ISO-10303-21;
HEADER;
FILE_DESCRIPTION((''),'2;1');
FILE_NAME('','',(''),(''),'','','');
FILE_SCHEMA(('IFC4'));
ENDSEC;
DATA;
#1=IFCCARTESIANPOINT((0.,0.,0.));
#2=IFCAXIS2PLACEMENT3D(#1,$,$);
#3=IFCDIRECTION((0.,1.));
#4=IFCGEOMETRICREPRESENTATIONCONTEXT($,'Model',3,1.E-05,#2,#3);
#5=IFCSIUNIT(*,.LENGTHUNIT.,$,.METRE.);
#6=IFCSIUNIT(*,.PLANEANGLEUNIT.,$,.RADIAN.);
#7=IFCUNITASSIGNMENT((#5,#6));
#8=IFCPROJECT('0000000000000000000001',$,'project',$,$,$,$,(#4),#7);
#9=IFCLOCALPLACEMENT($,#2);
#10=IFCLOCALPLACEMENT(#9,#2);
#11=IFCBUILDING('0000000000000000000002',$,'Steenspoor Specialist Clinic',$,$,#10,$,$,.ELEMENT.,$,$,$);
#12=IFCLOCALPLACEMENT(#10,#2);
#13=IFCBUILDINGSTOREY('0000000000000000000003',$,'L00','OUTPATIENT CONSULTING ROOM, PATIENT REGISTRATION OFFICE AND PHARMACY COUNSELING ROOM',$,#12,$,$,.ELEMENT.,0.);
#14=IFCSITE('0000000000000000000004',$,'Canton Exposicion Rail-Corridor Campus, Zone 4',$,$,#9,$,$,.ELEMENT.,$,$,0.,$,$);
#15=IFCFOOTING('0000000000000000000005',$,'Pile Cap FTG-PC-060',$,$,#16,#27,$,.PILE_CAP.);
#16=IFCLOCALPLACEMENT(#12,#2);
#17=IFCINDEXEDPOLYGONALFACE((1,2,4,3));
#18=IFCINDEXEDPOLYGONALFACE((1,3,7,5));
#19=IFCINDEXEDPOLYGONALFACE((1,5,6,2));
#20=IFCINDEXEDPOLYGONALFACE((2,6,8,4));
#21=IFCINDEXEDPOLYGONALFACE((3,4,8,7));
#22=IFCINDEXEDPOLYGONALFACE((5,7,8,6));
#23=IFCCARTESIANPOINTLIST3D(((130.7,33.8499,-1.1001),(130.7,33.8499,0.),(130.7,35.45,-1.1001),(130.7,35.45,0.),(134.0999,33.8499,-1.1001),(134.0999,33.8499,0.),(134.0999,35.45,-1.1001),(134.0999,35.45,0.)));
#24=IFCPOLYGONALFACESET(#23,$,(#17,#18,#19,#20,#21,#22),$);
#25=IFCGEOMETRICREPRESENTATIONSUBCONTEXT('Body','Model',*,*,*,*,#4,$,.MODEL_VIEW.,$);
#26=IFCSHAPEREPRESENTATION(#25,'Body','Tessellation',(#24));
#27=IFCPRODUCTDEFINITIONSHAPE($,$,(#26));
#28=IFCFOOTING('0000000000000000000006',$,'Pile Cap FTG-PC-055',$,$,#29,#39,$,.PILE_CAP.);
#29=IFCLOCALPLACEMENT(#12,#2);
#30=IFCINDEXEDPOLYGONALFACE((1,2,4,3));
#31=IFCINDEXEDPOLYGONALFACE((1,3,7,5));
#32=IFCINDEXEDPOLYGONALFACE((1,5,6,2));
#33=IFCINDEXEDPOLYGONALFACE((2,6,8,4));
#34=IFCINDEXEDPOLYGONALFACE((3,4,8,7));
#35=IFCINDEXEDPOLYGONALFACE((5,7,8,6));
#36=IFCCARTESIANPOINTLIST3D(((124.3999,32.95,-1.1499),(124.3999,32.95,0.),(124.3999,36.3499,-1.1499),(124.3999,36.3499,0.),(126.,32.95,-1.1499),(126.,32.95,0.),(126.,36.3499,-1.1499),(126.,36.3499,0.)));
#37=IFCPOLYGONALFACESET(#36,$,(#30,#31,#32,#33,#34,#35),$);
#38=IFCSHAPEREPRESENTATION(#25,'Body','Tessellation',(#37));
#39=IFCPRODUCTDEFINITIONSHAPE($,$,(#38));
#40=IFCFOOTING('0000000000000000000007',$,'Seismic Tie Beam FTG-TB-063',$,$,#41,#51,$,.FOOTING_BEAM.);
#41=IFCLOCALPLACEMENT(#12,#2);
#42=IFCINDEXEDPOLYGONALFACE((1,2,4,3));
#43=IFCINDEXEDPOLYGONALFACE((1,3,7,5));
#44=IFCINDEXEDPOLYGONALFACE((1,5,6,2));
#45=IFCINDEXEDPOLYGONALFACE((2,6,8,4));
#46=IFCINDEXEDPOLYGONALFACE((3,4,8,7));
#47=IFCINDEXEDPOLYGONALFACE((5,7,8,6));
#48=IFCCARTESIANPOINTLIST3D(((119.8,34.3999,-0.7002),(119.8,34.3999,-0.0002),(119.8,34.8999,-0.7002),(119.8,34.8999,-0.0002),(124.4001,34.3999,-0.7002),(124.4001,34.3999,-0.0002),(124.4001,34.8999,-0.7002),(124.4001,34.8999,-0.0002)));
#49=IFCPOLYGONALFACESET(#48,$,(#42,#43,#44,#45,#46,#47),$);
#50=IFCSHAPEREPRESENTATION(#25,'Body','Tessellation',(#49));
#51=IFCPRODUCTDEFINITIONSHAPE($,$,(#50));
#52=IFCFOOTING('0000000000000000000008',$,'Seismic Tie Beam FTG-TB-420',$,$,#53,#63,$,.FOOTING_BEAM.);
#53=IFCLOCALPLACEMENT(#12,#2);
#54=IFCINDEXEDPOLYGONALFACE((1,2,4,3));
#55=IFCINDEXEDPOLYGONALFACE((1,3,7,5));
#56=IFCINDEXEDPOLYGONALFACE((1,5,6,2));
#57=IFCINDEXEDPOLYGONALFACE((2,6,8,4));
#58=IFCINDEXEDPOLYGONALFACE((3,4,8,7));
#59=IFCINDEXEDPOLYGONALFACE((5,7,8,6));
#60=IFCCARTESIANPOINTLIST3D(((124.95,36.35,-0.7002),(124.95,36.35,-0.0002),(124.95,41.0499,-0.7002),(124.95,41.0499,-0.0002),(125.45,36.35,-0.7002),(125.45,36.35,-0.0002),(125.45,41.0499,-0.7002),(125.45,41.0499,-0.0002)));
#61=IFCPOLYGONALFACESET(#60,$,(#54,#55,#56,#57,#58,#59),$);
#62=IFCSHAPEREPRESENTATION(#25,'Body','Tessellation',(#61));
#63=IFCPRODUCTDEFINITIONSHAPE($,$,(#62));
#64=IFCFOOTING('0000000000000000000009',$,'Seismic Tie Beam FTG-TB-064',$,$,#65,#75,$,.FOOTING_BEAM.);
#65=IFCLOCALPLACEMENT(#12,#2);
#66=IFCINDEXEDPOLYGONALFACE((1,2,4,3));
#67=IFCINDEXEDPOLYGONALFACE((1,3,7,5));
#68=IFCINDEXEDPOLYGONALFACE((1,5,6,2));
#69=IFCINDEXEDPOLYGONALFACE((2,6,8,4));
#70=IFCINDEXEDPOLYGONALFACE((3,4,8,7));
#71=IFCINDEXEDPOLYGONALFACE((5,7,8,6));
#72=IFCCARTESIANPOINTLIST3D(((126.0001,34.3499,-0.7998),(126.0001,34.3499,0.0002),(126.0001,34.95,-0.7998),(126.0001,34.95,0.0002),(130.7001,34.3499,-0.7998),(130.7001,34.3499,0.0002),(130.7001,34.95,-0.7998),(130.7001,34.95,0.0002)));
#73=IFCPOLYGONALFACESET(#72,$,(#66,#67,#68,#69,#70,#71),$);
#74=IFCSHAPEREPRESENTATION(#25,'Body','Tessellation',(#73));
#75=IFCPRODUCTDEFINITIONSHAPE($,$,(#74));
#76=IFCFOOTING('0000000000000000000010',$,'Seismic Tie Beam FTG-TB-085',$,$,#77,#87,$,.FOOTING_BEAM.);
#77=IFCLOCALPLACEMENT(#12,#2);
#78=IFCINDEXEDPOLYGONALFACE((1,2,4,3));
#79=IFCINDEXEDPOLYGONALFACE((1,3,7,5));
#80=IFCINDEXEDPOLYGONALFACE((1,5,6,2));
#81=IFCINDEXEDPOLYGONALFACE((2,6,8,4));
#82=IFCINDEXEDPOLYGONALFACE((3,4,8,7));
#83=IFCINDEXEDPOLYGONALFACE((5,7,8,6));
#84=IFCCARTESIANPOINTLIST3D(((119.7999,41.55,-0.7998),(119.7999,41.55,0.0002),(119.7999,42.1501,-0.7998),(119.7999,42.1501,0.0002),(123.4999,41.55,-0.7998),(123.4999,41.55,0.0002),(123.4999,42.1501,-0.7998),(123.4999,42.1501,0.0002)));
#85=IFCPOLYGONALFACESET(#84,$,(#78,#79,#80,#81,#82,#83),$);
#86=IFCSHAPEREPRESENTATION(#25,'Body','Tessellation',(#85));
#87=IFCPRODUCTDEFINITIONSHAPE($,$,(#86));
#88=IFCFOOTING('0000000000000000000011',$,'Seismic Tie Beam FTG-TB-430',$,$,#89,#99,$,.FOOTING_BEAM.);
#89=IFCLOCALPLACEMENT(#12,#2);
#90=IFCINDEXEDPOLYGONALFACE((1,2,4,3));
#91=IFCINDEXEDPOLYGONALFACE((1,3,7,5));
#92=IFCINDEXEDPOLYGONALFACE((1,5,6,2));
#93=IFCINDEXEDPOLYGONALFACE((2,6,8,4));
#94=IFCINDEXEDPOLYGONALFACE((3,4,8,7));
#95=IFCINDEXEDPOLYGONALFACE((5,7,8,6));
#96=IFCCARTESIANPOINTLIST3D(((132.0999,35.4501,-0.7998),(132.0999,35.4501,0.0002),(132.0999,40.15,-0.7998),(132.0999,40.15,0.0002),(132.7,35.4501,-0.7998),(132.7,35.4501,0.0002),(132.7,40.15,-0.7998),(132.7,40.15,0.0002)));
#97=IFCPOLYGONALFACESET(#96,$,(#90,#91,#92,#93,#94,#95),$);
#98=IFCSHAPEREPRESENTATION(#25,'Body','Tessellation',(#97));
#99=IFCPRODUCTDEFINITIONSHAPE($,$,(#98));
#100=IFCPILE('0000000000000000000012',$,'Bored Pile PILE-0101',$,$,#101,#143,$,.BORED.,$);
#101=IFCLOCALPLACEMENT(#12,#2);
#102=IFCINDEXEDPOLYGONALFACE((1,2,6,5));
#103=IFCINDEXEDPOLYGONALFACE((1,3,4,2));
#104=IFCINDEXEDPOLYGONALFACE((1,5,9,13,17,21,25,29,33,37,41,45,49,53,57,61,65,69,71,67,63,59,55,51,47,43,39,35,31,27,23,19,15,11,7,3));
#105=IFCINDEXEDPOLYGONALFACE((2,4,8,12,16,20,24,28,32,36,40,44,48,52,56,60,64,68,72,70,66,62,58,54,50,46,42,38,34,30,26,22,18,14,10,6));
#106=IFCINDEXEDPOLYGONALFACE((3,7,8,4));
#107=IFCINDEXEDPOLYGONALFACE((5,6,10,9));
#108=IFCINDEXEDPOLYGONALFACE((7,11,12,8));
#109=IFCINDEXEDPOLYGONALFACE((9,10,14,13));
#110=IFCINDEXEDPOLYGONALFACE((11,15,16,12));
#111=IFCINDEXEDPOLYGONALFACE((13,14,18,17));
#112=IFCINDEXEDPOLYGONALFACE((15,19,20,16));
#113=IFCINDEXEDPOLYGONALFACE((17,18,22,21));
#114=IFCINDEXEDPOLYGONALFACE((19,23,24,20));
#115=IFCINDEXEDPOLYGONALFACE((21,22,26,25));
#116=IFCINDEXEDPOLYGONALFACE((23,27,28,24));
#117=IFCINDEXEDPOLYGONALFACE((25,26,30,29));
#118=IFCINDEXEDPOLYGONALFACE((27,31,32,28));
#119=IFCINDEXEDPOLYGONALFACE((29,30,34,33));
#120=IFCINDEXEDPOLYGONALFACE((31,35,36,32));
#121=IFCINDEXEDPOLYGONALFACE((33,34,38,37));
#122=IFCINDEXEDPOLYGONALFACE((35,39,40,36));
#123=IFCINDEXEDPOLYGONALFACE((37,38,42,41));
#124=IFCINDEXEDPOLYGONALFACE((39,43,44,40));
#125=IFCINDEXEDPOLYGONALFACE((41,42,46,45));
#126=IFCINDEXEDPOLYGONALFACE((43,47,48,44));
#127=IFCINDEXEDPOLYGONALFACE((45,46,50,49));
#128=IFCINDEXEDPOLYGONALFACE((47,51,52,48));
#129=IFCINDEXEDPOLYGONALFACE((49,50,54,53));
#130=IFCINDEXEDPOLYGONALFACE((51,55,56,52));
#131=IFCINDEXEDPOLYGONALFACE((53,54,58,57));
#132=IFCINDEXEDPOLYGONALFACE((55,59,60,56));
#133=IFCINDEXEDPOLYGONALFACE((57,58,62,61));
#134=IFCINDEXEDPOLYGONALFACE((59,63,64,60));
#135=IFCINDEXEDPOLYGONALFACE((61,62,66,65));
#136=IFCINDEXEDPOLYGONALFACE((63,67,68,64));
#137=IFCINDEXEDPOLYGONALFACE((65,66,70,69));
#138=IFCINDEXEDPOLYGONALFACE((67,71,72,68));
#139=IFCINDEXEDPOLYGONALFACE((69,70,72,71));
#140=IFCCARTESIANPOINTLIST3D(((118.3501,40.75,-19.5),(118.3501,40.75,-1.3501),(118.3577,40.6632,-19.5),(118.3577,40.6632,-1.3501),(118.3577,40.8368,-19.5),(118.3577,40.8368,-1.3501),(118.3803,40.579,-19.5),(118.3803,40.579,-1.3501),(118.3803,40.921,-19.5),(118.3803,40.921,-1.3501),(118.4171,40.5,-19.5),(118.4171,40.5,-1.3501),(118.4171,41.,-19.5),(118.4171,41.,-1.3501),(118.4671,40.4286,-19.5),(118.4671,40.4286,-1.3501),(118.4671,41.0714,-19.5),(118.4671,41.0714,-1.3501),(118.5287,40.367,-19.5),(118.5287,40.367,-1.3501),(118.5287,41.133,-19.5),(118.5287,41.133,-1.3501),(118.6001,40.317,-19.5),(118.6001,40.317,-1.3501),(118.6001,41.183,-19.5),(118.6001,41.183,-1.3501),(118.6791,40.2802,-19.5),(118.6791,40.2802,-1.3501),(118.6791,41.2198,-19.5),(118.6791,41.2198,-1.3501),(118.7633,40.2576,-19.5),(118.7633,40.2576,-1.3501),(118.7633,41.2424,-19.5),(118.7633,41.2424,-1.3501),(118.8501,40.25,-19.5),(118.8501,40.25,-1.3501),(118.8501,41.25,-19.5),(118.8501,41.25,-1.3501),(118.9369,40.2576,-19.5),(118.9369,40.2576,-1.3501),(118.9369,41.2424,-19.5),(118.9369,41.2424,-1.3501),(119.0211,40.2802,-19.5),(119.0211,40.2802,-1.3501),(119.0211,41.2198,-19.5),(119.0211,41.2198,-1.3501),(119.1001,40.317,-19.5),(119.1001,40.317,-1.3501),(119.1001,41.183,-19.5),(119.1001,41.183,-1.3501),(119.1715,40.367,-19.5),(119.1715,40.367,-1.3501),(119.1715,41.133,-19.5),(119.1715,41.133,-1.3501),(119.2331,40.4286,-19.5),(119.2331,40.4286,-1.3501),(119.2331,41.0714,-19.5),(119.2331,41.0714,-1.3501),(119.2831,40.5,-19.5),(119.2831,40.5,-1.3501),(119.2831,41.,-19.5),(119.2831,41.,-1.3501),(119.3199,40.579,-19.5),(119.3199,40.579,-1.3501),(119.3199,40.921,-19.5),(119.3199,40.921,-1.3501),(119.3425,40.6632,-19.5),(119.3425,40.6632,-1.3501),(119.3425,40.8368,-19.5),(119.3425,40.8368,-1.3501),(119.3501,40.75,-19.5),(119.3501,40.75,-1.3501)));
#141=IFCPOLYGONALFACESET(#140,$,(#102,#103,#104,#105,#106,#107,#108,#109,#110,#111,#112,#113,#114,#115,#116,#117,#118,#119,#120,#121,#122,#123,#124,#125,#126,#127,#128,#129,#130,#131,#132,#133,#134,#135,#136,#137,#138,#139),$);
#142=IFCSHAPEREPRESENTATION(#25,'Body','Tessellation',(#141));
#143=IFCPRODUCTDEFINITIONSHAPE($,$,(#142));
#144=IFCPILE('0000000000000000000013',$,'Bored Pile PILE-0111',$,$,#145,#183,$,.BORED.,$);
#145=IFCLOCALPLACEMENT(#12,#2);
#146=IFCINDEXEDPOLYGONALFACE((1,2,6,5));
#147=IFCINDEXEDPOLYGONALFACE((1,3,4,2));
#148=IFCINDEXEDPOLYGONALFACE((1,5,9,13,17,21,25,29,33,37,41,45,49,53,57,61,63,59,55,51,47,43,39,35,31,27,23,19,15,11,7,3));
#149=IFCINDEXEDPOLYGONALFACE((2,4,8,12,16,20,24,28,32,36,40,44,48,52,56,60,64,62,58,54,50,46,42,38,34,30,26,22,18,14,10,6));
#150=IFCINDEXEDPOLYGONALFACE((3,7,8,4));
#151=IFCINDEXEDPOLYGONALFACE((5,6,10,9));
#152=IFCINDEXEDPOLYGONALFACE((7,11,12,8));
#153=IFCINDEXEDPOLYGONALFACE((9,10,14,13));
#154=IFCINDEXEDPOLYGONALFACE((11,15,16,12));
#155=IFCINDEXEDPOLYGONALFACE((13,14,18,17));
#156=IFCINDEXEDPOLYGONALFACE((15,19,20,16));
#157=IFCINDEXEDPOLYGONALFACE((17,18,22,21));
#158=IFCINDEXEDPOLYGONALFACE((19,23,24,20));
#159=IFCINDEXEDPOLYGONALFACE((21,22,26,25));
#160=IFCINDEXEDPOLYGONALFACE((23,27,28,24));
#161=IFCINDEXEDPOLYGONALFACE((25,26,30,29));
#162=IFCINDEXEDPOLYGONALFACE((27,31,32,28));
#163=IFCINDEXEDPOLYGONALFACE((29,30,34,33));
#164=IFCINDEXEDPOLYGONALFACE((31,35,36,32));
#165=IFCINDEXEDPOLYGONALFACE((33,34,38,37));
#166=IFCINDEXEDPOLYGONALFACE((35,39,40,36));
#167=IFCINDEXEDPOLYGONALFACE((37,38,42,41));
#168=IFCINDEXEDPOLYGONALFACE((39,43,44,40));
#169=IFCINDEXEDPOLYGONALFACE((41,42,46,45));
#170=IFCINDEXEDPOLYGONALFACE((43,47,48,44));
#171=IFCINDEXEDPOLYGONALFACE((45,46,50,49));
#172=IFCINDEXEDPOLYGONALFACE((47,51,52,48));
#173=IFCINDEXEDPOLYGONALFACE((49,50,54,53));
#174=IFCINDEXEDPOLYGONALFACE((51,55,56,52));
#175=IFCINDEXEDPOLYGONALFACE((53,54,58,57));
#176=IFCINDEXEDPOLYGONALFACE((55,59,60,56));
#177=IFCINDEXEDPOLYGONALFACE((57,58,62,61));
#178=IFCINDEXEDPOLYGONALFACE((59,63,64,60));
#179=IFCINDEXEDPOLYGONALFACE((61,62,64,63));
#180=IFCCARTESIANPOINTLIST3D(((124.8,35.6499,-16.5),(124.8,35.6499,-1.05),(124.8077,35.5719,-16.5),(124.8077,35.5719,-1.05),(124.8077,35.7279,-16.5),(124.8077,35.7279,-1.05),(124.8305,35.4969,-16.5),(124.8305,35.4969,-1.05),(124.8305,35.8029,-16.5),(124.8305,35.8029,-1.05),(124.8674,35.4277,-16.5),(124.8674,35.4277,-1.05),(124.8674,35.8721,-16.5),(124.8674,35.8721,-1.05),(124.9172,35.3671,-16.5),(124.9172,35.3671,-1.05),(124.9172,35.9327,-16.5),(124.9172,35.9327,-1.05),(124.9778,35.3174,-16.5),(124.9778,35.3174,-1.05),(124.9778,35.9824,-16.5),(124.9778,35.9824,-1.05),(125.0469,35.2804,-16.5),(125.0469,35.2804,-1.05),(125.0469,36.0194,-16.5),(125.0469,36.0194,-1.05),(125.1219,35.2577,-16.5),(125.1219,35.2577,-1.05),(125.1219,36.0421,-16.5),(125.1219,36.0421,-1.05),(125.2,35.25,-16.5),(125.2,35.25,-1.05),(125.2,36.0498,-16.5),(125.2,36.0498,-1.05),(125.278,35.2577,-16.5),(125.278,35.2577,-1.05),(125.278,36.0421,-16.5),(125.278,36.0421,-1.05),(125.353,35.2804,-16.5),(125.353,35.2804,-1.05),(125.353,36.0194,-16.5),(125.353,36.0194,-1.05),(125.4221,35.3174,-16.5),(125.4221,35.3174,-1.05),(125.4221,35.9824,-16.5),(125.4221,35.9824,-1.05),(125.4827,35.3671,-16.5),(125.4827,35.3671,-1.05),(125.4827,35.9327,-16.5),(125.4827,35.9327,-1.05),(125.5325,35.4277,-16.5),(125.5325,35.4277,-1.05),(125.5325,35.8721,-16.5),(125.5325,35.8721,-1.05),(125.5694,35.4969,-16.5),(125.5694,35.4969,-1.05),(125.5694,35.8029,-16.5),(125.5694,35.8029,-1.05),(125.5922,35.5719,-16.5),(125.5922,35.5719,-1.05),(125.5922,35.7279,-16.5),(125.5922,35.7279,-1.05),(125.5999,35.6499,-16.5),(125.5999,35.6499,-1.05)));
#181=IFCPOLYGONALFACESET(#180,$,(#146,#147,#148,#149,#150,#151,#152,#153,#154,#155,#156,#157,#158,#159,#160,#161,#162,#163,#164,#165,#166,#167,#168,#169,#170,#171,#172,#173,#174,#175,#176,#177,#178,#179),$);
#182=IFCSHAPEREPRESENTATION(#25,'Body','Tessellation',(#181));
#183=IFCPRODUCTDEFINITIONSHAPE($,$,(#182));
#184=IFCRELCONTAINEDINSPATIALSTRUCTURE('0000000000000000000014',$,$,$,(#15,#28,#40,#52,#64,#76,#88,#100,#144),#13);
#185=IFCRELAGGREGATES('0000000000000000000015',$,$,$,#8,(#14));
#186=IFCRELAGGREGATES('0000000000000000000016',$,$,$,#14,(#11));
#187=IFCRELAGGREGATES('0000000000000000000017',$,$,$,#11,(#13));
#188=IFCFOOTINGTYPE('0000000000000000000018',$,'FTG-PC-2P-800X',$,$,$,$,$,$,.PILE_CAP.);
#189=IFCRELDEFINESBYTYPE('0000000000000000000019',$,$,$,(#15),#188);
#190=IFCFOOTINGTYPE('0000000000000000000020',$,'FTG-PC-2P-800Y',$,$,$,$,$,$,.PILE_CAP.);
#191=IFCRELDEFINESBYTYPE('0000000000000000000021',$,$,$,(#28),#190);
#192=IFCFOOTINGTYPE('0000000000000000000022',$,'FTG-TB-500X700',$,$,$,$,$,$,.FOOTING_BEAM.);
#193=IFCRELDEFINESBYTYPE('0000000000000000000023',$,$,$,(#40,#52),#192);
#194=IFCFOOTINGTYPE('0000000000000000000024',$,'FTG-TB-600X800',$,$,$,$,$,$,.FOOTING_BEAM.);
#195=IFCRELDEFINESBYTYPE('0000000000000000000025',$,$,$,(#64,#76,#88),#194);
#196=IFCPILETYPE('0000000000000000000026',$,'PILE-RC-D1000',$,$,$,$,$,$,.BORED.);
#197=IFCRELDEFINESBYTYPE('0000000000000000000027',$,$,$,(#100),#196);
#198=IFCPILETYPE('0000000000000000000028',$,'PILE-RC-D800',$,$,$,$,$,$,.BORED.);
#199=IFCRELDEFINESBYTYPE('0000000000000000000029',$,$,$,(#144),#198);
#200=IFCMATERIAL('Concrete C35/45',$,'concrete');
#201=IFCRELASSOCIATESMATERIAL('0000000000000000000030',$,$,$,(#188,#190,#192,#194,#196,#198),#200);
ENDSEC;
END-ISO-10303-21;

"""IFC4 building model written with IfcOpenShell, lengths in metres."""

from ifc_helpers import new_model, si_unit, direction, frame, origin, origin_2d, place, context, subcontext, project, spatial, rectangle, circle, extrude, material, material_profile, profile_set, type_object, element, save


model = new_model("IFC4")

# Units and contexts
model_context = context("Model", 3, precision=1e-05, world=origin(), true_north=direction((0.0, 1.0)))
body_context = subcontext(model_context, "Body", "Model", "MODEL_VIEW")
ifc_project = project(units=[si_unit("LENGTHUNIT", "METRE"), si_unit("PLANEANGLEUNIT", "RADIAN")], contexts=[model_context])

# Site, building, storey
site_placement = place(None, origin())
site = spatial("IfcSite", under=ifc_project, at=site_placement, Name="Canton Exposicion Rail-Corridor Campus, Zone 4", CompositionType="ELEMENT", RefElevation=0.0)
building_placement = place(site_placement, origin())
building = spatial("IfcBuilding", under=site, at=building_placement, Name="Steenspoor Specialist Clinic", CompositionType="ELEMENT")
storey_placement = place(building_placement, origin())
storey = spatial("IfcBuildingStorey", under=building, at=storey_placement, Name="L00", Description="OUTPATIENT CONSULTING ROOM, PATIENT REGISTRATION OFFICE AND PHARMACY COUNSELING ROOM", CompositionType="ELEMENT", Elevation=0.0)

# Footings
ifc_material_1 = material(Name="Concrete C35/45", Category="concrete")
footing_type_1 = type_object("IfcFootingType", Name="FTG-PC-2P-800X", PredefinedType="PILE_CAP", material=ifc_material_1)
footing_1_placement = place(storey_placement, frame((132.3999, 34.6499, -1.1001), z_axis=(0.0, 0.0, 1.0), x_axis=(1.0, 0.0, 0.0)))
element("IfcFooting", 1, at=footing_1_placement, inside=storey, type_object=footing_type_1, Name="Pile Cap FTG-PC-060", PredefinedType="PILE_CAP", context=body_context, shape_type="SweptSolid", body=[
    extrude(rectangle(XDim=3.3999, YDim=1.6001, at=origin_2d()), origin(), (0.0, 0.0, 1.0), 1.1001),
])
footing_type_2 = type_object("IfcFootingType", Name="FTG-PC-2P-800Y", PredefinedType="PILE_CAP", material=ifc_material_1)
footing_2_placement = place(storey_placement, frame((125.2, 34.6499, -1.1499), z_axis=(0.0, 0.0, 1.0), x_axis=(1.0, 0.0, 0.0)))
element("IfcFooting", 2, at=footing_2_placement, inside=storey, type_object=footing_type_2, Name="Pile Cap FTG-PC-055", PredefinedType="PILE_CAP", context=body_context, shape_type="SweptSolid", body=[
    extrude(rectangle(XDim=1.6001, YDim=3.3999, at=origin_2d()), origin(), (0.0, 0.0, 1.0), 1.1499),
])
footing_type_3 = type_object("IfcFootingType", Name="FTG-TB-500X700", PredefinedType="FOOTING_BEAM", material=ifc_material_1)
footing_3_placement = place(storey_placement, frame((122.1001, 34.6499, -0.7002), z_axis=(0.0, 0.0, 1.0), x_axis=(1.0, 0.0, 0.0)))
element("IfcFooting", 3, at=footing_3_placement, inside=storey, type_object=footing_type_3, Name="Seismic Tie Beam FTG-TB-063", PredefinedType="FOOTING_BEAM", context=body_context, shape_type="SweptSolid", body=[
    extrude(rectangle(XDim=4.6001, YDim=0.5, at=origin_2d()), origin(), (0.0, 0.0, 1.0), 0.7),
])
footing_4_placement = place(storey_placement, frame((125.2, 38.7, -0.7002), z_axis=(0.0, 0.0, 1.0), x_axis=(1.0, 0.0, 0.0)))
element("IfcFooting", 4, at=footing_4_placement, inside=storey, type_object=footing_type_3, Name="Seismic Tie Beam FTG-TB-420", PredefinedType="FOOTING_BEAM", context=body_context, shape_type="SweptSolid", body=[
    extrude(rectangle(XDim=0.5, YDim=4.7, at=origin_2d()), origin(), (0.0, 0.0, 1.0), 0.7),
])
footing_type_4 = type_object("IfcFootingType", Name="FTG-TB-600X800", PredefinedType="FOOTING_BEAM", material=ifc_material_1)
footing_5_placement = place(storey_placement, frame((128.3501, 34.6499, -0.7998), z_axis=(0.0, 0.0, 1.0), x_axis=(1.0, 0.0, 0.0)))
element("IfcFooting", 5, at=footing_5_placement, inside=storey, type_object=footing_type_4, Name="Seismic Tie Beam FTG-TB-064", PredefinedType="FOOTING_BEAM", context=body_context, shape_type="SweptSolid", body=[
    extrude(rectangle(XDim=4.7, YDim=0.6001, at=origin_2d()), origin(), (0.0, 0.0, 1.0), 0.8),
])
footing_6_placement = place(storey_placement, frame((121.6499, 41.8501, -0.7998), z_axis=(0.0, 0.0, 1.0), x_axis=(1.0, 0.0, 0.0)))
element("IfcFooting", 6, at=footing_6_placement, inside=storey, type_object=footing_type_4, Name="Seismic Tie Beam FTG-TB-085", PredefinedType="FOOTING_BEAM", context=body_context, shape_type="SweptSolid", body=[
    extrude(rectangle(XDim=3.7, YDim=0.6001, at=origin_2d()), origin(), (0.0, 0.0, 1.0), 0.8),
])
footing_7_placement = place(storey_placement, frame((132.3999, 37.8, -0.7998), z_axis=(0.0, 0.0, 1.0), x_axis=(1.0, 0.0, 0.0)))
element("IfcFooting", 7, at=footing_7_placement, inside=storey, type_object=footing_type_4, Name="Seismic Tie Beam FTG-TB-430", PredefinedType="FOOTING_BEAM", context=body_context, shape_type="SweptSolid", body=[
    extrude(rectangle(XDim=0.6001, YDim=4.7, at=origin_2d()), origin(), (0.0, 0.0, 1.0), 0.8),
])

# Piles
ifc_material_profile_1 = material_profile(ifc_material_1, circle(Radius=0.5, at=origin_2d()), Name="PILE-D1000")
ifc_profile_set_1 = profile_set([ifc_material_profile_1], Name="Concrete C35/45")
pile_type_1 = type_object("IfcPileType", Name="PILE-RC-D1000", PredefinedType="BORED", material=ifc_profile_set_1)
pile_1_placement = place(storey_placement, frame((118.8501, 40.75, -1.3501), z_axis=(0.0, 0.0, -1.0), x_axis=(1.0, 0.0, 0.0)))
element("IfcPile", 8, at=pile_1_placement, inside=storey, type_object=pile_type_1, Name="Bored Pile PILE-0101", PredefinedType="BORED", context=body_context, shape_type="SweptSolid", body=[
    extrude(circle(Radius=0.5, at=origin_2d()), origin(), (0.0, 0.0, 1.0), 18.1499),
])
ifc_material_profile_2 = material_profile(ifc_material_1, circle(Radius=0.3999, at=origin_2d()), Name="PILE-D800")
ifc_profile_set_2 = profile_set([ifc_material_profile_2], Name="Concrete C35/45")
pile_type_2 = type_object("IfcPileType", Name="PILE-RC-D800", PredefinedType="BORED", material=ifc_profile_set_2)
pile_2_placement = place(storey_placement, frame((125.2, 35.6499, -1.05), z_axis=(0.0, 0.0, -1.0), x_axis=(1.0, 0.0, 0.0)))
element("IfcPile", 9, at=pile_2_placement, inside=storey, type_object=pile_type_2, Name="Bored Pile PILE-0111", PredefinedType="BORED", context=body_context, shape_type="SweptSolid", body=[
    extrude(circle(Radius=0.3999, at=origin_2d()), origin(), (0.0, 0.0, 1.0), 15.45),
])

save(model, "model.ifc")
